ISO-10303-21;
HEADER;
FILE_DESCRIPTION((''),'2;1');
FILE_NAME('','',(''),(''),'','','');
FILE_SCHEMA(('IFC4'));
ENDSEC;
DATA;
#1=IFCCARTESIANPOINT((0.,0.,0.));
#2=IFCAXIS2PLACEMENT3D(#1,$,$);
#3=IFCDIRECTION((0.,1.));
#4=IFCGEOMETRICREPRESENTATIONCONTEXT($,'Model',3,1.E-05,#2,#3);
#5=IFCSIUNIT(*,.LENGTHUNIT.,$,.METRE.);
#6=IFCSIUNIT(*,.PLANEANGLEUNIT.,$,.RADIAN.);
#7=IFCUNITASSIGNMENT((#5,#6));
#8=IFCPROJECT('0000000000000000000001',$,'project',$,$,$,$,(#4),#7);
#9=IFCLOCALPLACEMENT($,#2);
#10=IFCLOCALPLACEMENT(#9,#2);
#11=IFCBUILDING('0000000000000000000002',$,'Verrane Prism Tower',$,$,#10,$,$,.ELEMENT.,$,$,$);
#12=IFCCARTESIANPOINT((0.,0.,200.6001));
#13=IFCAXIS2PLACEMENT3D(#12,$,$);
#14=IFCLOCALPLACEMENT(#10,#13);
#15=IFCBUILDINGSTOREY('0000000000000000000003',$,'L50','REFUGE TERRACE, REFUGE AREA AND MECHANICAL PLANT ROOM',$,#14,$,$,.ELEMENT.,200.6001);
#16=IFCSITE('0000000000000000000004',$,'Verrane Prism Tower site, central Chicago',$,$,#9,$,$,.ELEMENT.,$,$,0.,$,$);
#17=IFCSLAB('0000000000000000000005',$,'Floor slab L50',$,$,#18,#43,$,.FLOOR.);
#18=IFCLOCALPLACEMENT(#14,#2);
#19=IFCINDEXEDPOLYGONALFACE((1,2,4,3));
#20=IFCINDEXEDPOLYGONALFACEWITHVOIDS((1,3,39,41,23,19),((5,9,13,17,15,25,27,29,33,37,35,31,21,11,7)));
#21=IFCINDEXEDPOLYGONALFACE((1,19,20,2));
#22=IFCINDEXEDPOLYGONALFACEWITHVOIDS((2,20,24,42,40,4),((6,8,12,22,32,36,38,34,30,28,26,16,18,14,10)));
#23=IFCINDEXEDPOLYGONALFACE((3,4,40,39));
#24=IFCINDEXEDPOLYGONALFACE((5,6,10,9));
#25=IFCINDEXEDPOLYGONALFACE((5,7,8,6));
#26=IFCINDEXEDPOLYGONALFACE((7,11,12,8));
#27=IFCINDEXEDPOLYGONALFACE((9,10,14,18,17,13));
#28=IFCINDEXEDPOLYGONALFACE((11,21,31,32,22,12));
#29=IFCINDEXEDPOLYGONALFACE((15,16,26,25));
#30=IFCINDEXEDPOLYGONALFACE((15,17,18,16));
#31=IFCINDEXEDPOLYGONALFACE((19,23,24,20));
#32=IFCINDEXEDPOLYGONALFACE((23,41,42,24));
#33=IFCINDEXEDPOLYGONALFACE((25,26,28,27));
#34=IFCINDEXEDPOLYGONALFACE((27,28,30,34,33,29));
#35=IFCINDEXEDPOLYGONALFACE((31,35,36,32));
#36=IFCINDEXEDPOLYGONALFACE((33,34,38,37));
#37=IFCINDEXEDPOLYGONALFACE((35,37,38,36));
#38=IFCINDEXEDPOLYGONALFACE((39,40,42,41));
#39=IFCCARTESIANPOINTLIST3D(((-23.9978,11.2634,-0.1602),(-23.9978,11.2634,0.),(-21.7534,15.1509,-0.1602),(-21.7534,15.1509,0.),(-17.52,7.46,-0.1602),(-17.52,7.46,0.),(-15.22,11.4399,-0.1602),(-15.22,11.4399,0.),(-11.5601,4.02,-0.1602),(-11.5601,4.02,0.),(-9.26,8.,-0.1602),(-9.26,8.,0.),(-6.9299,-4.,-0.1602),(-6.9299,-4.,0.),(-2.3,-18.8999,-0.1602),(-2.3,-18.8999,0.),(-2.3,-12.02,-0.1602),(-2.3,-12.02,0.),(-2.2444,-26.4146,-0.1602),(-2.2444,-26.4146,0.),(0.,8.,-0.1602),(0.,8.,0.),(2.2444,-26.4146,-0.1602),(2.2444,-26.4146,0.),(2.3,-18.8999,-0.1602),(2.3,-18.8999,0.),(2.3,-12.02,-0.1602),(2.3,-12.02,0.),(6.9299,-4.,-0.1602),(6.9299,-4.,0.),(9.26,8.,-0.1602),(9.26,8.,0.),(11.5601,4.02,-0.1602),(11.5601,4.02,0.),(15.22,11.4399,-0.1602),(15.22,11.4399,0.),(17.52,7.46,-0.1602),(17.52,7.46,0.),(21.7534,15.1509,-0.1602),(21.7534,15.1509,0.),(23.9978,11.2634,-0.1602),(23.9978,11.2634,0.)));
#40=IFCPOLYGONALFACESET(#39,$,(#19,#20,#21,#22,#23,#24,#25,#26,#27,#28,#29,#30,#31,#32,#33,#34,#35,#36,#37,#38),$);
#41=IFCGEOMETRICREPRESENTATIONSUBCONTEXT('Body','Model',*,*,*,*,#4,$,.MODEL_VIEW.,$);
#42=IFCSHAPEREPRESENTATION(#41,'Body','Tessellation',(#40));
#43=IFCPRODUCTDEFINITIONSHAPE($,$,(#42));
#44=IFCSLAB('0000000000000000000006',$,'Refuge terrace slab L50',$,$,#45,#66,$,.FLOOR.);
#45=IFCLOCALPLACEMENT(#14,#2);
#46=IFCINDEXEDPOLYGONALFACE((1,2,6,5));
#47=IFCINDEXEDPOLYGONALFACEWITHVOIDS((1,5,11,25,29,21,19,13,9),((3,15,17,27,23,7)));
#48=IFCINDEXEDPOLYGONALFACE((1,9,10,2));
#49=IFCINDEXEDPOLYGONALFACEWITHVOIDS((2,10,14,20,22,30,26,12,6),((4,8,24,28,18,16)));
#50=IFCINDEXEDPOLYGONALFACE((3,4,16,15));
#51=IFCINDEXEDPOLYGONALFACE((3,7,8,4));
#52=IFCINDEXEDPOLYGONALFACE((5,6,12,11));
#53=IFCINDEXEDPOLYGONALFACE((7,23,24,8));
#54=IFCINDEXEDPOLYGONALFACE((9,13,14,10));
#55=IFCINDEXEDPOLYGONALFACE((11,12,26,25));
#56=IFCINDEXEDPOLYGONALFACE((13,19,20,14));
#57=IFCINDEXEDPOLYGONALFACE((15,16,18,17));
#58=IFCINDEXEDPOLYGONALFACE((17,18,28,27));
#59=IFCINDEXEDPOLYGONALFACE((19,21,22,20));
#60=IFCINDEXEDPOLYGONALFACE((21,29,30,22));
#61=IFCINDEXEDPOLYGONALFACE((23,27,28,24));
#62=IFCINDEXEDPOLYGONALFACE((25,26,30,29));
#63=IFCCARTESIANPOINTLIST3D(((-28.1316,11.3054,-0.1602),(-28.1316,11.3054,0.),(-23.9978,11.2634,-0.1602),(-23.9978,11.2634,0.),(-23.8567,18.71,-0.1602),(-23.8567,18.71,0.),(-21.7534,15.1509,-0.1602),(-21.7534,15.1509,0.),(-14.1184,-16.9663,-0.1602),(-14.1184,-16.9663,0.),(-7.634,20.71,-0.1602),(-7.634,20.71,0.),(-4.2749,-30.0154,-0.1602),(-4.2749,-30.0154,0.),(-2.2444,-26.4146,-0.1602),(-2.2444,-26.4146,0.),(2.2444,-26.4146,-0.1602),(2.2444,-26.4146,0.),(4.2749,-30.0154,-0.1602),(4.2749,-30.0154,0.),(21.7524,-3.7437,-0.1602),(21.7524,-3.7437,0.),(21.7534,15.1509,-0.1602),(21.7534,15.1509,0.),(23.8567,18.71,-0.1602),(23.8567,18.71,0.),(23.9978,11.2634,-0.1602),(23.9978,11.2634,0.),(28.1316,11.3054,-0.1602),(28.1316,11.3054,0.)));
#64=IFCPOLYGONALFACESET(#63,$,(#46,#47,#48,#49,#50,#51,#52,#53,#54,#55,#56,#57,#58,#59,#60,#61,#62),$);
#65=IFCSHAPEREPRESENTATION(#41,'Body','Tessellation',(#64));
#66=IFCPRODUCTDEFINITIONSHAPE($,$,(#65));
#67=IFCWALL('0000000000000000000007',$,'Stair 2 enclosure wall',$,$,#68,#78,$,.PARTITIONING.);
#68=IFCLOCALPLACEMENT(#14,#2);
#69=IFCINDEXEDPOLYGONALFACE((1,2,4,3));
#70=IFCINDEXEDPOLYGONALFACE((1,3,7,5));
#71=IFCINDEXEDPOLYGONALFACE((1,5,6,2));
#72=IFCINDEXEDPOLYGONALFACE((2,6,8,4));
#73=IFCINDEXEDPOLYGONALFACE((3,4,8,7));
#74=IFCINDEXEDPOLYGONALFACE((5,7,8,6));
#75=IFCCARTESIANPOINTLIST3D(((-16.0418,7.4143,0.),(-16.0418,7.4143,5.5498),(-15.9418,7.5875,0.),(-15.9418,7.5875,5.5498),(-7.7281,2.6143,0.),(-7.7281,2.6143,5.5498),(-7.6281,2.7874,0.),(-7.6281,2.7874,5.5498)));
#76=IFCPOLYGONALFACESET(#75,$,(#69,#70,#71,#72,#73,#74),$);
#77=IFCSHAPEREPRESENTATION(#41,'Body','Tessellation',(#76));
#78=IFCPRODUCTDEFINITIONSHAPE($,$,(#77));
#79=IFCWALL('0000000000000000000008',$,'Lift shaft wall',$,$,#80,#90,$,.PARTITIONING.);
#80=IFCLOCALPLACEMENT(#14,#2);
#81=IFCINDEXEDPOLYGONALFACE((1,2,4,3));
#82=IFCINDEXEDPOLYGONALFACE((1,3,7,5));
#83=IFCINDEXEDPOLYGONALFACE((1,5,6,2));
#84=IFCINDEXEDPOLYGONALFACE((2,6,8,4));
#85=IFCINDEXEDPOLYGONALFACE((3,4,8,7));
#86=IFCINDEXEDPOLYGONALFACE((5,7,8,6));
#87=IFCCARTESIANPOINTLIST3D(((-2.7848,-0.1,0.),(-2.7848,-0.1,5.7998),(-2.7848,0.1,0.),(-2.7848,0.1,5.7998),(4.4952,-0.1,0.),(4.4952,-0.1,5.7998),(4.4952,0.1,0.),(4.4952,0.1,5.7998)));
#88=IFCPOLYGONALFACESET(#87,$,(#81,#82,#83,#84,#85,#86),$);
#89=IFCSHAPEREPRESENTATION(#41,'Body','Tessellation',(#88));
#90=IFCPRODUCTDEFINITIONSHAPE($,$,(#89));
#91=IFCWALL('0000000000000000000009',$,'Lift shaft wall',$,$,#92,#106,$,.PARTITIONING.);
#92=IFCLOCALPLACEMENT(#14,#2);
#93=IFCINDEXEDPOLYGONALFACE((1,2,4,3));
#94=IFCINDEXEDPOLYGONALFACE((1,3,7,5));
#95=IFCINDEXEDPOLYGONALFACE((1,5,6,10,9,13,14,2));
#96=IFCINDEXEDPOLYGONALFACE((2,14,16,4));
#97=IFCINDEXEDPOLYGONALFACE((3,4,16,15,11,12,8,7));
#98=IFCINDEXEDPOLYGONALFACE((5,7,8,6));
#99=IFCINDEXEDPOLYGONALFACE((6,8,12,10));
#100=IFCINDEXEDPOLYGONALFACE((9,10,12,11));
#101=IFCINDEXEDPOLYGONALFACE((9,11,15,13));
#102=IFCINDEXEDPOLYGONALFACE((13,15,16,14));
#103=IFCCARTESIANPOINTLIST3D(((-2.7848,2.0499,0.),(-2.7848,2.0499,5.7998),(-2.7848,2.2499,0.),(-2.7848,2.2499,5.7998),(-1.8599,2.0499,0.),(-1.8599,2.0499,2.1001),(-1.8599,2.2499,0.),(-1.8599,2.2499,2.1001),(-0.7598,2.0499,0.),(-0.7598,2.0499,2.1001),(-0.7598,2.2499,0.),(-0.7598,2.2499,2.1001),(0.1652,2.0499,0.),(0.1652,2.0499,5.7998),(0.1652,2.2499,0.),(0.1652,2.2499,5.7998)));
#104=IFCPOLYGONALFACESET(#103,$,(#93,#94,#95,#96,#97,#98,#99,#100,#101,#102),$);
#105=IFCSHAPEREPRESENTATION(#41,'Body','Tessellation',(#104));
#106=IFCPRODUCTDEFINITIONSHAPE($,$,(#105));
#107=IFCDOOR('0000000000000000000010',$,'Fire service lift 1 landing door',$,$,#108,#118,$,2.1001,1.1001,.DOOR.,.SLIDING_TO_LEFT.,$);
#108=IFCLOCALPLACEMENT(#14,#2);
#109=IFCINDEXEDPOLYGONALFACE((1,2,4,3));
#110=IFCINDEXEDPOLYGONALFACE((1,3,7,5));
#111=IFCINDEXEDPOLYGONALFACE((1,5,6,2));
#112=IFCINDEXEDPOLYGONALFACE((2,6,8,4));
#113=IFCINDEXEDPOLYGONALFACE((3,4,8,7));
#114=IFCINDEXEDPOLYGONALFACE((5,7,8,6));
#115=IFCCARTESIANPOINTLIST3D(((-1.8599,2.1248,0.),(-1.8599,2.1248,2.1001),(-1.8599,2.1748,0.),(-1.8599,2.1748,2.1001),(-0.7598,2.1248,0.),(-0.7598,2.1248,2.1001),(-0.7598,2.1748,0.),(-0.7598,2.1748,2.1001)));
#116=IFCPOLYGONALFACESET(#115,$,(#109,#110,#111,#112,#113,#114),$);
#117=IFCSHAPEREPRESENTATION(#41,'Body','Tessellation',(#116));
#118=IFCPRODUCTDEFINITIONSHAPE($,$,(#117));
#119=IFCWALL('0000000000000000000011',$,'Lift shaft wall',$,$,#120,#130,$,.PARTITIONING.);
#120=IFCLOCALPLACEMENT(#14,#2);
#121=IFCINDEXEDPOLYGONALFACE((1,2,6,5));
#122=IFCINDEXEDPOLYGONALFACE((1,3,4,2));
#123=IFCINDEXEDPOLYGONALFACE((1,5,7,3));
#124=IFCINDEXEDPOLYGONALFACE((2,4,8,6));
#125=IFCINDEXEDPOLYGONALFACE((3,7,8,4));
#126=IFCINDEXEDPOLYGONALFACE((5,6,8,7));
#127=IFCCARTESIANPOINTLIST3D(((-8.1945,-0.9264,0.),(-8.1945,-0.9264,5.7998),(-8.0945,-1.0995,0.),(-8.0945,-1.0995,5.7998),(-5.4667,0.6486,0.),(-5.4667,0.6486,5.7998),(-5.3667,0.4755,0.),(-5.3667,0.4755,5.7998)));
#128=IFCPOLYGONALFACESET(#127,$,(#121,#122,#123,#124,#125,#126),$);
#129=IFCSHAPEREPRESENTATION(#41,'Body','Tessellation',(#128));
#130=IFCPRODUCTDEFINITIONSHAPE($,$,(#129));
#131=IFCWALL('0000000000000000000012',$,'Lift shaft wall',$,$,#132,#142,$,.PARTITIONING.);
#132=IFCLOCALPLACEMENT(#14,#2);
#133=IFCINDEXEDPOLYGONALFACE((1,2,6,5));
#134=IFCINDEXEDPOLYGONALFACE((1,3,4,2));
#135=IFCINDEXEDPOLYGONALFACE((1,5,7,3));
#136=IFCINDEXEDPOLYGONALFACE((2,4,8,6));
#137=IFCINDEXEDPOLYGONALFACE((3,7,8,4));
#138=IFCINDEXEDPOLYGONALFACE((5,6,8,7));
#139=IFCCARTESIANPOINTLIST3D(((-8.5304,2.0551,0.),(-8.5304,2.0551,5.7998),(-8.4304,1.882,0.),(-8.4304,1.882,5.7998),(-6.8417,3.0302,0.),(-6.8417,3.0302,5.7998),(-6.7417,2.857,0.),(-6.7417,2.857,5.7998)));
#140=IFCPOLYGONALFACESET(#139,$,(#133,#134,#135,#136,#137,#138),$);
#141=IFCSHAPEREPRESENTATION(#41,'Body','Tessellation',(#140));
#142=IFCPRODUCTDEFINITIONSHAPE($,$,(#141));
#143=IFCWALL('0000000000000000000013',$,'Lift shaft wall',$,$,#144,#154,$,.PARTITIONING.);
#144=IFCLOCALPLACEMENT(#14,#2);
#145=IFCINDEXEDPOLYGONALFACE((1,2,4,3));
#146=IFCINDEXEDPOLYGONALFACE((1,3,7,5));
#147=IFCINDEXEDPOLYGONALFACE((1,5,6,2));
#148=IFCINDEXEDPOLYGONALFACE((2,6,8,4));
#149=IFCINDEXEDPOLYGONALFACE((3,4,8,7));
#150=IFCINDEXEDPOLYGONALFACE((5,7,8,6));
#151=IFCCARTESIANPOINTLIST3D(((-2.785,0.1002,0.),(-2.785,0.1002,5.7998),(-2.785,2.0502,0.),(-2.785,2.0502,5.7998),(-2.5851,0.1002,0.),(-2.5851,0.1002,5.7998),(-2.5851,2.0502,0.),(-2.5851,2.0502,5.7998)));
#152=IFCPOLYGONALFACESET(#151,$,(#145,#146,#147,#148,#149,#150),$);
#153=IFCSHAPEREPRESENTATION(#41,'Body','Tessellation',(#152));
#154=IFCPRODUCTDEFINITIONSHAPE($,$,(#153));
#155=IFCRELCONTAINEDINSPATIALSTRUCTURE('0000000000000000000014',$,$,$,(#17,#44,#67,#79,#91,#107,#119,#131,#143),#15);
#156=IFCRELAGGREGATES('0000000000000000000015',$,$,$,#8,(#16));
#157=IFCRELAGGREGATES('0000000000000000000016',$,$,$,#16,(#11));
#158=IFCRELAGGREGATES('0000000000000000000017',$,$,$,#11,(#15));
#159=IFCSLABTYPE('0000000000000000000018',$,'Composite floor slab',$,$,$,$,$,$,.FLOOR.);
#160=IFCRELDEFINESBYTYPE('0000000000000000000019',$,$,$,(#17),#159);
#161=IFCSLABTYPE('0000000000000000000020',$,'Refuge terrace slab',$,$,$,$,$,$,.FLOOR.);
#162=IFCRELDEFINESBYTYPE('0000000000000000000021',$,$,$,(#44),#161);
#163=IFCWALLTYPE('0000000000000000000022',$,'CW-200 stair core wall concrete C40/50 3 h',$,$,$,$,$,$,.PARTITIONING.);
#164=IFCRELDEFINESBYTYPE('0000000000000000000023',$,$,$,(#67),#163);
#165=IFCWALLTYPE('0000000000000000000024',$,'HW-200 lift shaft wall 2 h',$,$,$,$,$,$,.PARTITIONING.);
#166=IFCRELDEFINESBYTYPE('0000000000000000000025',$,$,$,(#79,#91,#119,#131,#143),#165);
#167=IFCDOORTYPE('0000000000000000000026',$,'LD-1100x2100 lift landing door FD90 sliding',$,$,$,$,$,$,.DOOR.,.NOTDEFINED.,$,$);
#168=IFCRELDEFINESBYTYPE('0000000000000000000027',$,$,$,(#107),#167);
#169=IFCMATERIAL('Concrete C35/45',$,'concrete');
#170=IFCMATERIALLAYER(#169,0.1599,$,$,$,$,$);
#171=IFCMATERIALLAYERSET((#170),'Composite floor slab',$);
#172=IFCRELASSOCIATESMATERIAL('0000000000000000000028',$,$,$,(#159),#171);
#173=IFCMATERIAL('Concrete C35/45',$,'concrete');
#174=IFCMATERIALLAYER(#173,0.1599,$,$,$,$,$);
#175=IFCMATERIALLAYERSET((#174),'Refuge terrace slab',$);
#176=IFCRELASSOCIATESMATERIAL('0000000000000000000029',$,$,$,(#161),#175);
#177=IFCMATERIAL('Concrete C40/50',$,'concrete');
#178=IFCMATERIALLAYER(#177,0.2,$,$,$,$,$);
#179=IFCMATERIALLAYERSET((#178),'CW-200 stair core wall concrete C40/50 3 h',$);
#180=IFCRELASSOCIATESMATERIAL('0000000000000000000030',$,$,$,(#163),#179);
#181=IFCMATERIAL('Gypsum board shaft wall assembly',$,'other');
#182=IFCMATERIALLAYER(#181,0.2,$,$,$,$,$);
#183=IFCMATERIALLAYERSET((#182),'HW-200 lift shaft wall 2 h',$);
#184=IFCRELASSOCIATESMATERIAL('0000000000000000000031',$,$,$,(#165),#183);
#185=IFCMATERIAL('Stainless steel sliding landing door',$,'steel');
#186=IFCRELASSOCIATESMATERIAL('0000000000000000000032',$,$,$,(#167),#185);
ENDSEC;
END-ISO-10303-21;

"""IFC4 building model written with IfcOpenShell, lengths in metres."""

from ifc_helpers import new_model, si_unit, direction, frame, frame_2d, origin, place, context, subcontext, project, spatial, polyline, rectangle, outline, extrude, material, layer, layer_set, type_object, element, fill, save


model = new_model("IFC4")

# Units and contexts
model_context = context("Model", 3, precision=1e-05, world=origin(), true_north=direction((0.0, 1.0)))
body_context = subcontext(model_context, "Body", "Model", "MODEL_VIEW")
ifc_project = project(units=[si_unit("LENGTHUNIT", "METRE"), si_unit("PLANEANGLEUNIT", "RADIAN")], contexts=[model_context])

# Site, building, storey
site_placement = place(None, origin())
site = spatial("IfcSite", under=ifc_project, at=site_placement, Name="Verrane Prism Tower site, central Chicago", CompositionType="ELEMENT", RefElevation=0.0)
building_placement = place(site_placement, origin())
building = spatial("IfcBuilding", under=site, at=building_placement, Name="Verrane Prism Tower", CompositionType="ELEMENT")
storey_placement = place(building_placement, frame((0.0, 0.0, 200.6001)))
storey = spatial("IfcBuildingStorey", under=building, at=storey_placement, Name="L50", Description="REFUGE TERRACE, REFUGE AREA AND MECHANICAL PLANT ROOM", CompositionType="ELEMENT", Elevation=200.6001)

# Slabs
ifc_material_1 = material(Name="Concrete C35/45", Category="concrete")
ifc_layer_1 = layer(ifc_material_1, 0.1599)
ifc_layer_set_1 = layer_set([ifc_layer_1], Name="Composite floor slab")
slab_type_1 = type_object("IfcSlabType", Name="Composite floor slab", PredefinedType="FLOOR", material=ifc_layer_set_1)
slab_1_placement = place(storey_placement, frame((0.0, 0.0, -0.1602)))
element("IfcSlab", 1, at=slab_1_placement, inside=storey, type_object=slab_type_1, Name="Floor slab L50", PredefinedType="FLOOR", context=body_context, shape_type="SweptSolid", body=[
    extrude(outline(polyline([(-2.2444, -26.4146), (-23.9978, 11.2634), (-21.7534, 15.1509), (21.7534, 15.1509), (23.9978, 11.2634), (2.2444, -26.4146), (-2.2444, -26.4146)]), holes=[polyline([(15.22, 11.4399), (9.26, 8.0), (0.0, 8.0), (-9.26, 8.0), (-15.22, 11.4399), (-17.52, 7.46), (-11.5601, 4.02), (-6.9299, -4.0), (-2.3, -12.02), (-2.3, -18.8999), (2.3, -18.8999), (2.3, -12.02), (6.9299, -4.0), (11.5601, 4.02), (17.52, 7.46), (15.22, 11.4399)])]), origin(), (0.0, 0.0, 1.0), 0.1602),
])
ifc_material_2 = material(Name="Concrete C35/45", Category="concrete")
ifc_layer_2 = layer(ifc_material_2, 0.1599)
ifc_layer_set_2 = layer_set([ifc_layer_2], Name="Refuge terrace slab")
slab_type_2 = type_object("IfcSlabType", Name="Refuge terrace slab", PredefinedType="FLOOR", material=ifc_layer_set_2)
slab_2_placement = place(storey_placement, frame((0.0, 0.0, -0.1602)))
element("IfcSlab", 2, at=slab_2_placement, inside=storey, type_object=slab_type_2, Name="Refuge terrace slab L50", PredefinedType="FLOOR", context=body_context, shape_type="SweptSolid", body=[
    extrude(outline(polyline([(4.2749, -30.0154), (-4.2749, -30.0154), (-14.1184, -16.9663), (-28.1316, 11.3054), (-23.8567, 18.71), (-7.634, 20.71), (23.8567, 18.71), (28.1316, 11.3054), (21.7524, -3.7437), (4.2749, -30.0154)]), holes=[polyline([(23.9978, 11.2634), (21.7534, 15.1509), (-21.7534, 15.1509), (-23.9978, 11.2634), (-2.2444, -26.4146), (2.2444, -26.4146), (23.9978, 11.2634)])]), origin(), (0.0, 0.0, 1.0), 0.1602),
])

# Walls
ifc_material_3 = material(Name="Concrete C40/50", Category="concrete")
ifc_layer_3 = layer(ifc_material_3, 0.2)
ifc_layer_set_3 = layer_set([ifc_layer_3], Name="CW-200 stair core wall concrete C40/50 3 h")
wall_type_1 = type_object("IfcWallType", Name="CW-200 stair core wall concrete C40/50 3 h", PredefinedType="PARTITIONING", material=ifc_layer_set_3)
wall_1_placement = place(storey_placement, frame((-7.6782, 2.7009, 0.0), z_axis=(0.0, 0.0, 1.0), x_axis=(-0.86602, 0.500009, 0.0)))
element("IfcWall", 3, at=wall_1_placement, inside=storey, type_object=wall_type_1, Name="Stair 2 enclosure wall", PredefinedType="PARTITIONING", context=body_context, shape_type="SweptSolid", body=[
    extrude(rectangle(XDim=9.5999, YDim=0.2, at=frame_2d((4.7998, 0.0))), origin(), (0.0, 0.0, 1.0), 5.5498),
])
ifc_material_4 = material(Name="Gypsum board shaft wall assembly", Category="other")
ifc_layer_4 = layer(ifc_material_4, 0.2)
ifc_layer_set_4 = layer_set([ifc_layer_4], Name="HW-200 lift shaft wall 2 h")
wall_type_2 = type_object("IfcWallType", Name="HW-200 lift shaft wall 2 h", PredefinedType="PARTITIONING", material=ifc_layer_set_4)
wall_2_placement = place(storey_placement, frame((-2.7849, 0.0, 0.0), z_axis=(0.0, 0.0, 1.0), x_axis=(1.0, 0.0, 0.0)))
element("IfcWall", 4, at=wall_2_placement, inside=storey, type_object=wall_type_2, Name="Lift shaft wall", PredefinedType="PARTITIONING", context=body_context, shape_type="SweptSolid", body=[
    extrude(rectangle(XDim=7.28, YDim=0.2, at=frame_2d((3.6401, 0.0))), origin(), (0.0, 0.0, 1.0), 5.7998),
])

# Wall, opening, door
wall_3_placement = place(storey_placement, frame((-2.7849, 2.1499, 0.0), z_axis=(0.0, 0.0, 1.0), x_axis=(1.0, 0.0, 0.0)))
wall_3 = element("IfcWall", 5, at=wall_3_placement, inside=storey, type_object=wall_type_2, Name="Lift shaft wall", PredefinedType="PARTITIONING", context=body_context, shape_type="SweptSolid", body=[
    extrude(rectangle(XDim=2.95, YDim=0.2, at=frame_2d((1.4751, 0.0))), origin(), (0.0, 0.0, 1.0), 5.7998),
])
opening_1_placement = place(wall_3_placement, frame((0.925, 0.0, 0.0)))
opening_1 = element("IfcOpeningElement", 6, at=opening_1_placement, cuts=wall_3, PredefinedType="OPENING", context=body_context, shape_type="SweptSolid", body=[
    extrude(rectangle(XDim=1.1001, YDim=2.1001, at=frame_2d((0.55, 1.05))), frame((0.0, 0.1099, 0.0), z_axis=(0.0, -1.0, 0.0), x_axis=(1.0, 0.0, 0.0)), (0.0, 0.0, 1.0), 0.22),
])
ifc_material_5 = material(Name="Stainless steel sliding landing door", Category="steel")
door_type = type_object("IfcDoorType", Name="LD-1100x2100 lift landing door FD90 sliding", OperationType="NOTDEFINED", PredefinedType="DOOR", material=ifc_material_5)
door_1_placement = place(opening_1_placement, origin())
door_1 = element("IfcDoor", 7, at=door_1_placement, inside=storey, type_object=door_type, Name="Fire service lift 1 landing door", OperationType="SLIDING_TO_LEFT", OverallHeight=2.1001, OverallWidth=1.1001, PredefinedType="DOOR", context=body_context, shape_type="SweptSolid", body=[
    extrude(rectangle(XDim=1.1001, YDim=2.1001, at=frame_2d((0.55, 1.05))), frame((0.0, 0.0249, 0.0), z_axis=(0.0, -1.0, 0.0), x_axis=(1.0, 0.0, 0.0)), (0.0, 0.0, 1.0), 0.05),
])
fill(opening_1, door_1)

# Walls
wall_4_placement = place(storey_placement, frame((-8.1445, -1.0129, 0.0), z_axis=(0.0, 0.0, 1.0), x_axis=(0.866016, 0.500015, 0.0)))
element("IfcWall", 8, at=wall_4_placement, inside=storey, type_object=wall_type_2, Name="Lift shaft wall", PredefinedType="PARTITIONING", context=body_context, shape_type="SweptSolid", body=[
    extrude(rectangle(XDim=3.1499, YDim=0.2, at=frame_2d((1.575, 0.0))), origin(), (0.0, 0.0, 1.0), 5.7998),
])
for number, where, z_axis, x_axis, name in (
    (9, (-8.4805, 1.9685, 0.0), (0.0, 0.0, 1.0), (0.866, 0.500044, 0.0), "Lift shaft wall"),
    (10, (-2.6851, 0.1001, 0.0), (0.0, 0.0, 1.0), (0.0, 1.0, 0.0), "Lift shaft wall"),
):
    element("IfcWall", number, at=place(storey_placement, frame(where, z_axis=z_axis, x_axis=x_axis)), inside=storey, type_object=wall_type_2, Name=name, PredefinedType="PARTITIONING", context=body_context, shape_type="SweptSolid", body=[
        extrude(rectangle(XDim=1.95, YDim=0.2, at=frame_2d((0.9751, 0.0))), origin(), (0.0, 0.0, 1.0), 5.7998),
    ])

save(model, "model.ifc")
